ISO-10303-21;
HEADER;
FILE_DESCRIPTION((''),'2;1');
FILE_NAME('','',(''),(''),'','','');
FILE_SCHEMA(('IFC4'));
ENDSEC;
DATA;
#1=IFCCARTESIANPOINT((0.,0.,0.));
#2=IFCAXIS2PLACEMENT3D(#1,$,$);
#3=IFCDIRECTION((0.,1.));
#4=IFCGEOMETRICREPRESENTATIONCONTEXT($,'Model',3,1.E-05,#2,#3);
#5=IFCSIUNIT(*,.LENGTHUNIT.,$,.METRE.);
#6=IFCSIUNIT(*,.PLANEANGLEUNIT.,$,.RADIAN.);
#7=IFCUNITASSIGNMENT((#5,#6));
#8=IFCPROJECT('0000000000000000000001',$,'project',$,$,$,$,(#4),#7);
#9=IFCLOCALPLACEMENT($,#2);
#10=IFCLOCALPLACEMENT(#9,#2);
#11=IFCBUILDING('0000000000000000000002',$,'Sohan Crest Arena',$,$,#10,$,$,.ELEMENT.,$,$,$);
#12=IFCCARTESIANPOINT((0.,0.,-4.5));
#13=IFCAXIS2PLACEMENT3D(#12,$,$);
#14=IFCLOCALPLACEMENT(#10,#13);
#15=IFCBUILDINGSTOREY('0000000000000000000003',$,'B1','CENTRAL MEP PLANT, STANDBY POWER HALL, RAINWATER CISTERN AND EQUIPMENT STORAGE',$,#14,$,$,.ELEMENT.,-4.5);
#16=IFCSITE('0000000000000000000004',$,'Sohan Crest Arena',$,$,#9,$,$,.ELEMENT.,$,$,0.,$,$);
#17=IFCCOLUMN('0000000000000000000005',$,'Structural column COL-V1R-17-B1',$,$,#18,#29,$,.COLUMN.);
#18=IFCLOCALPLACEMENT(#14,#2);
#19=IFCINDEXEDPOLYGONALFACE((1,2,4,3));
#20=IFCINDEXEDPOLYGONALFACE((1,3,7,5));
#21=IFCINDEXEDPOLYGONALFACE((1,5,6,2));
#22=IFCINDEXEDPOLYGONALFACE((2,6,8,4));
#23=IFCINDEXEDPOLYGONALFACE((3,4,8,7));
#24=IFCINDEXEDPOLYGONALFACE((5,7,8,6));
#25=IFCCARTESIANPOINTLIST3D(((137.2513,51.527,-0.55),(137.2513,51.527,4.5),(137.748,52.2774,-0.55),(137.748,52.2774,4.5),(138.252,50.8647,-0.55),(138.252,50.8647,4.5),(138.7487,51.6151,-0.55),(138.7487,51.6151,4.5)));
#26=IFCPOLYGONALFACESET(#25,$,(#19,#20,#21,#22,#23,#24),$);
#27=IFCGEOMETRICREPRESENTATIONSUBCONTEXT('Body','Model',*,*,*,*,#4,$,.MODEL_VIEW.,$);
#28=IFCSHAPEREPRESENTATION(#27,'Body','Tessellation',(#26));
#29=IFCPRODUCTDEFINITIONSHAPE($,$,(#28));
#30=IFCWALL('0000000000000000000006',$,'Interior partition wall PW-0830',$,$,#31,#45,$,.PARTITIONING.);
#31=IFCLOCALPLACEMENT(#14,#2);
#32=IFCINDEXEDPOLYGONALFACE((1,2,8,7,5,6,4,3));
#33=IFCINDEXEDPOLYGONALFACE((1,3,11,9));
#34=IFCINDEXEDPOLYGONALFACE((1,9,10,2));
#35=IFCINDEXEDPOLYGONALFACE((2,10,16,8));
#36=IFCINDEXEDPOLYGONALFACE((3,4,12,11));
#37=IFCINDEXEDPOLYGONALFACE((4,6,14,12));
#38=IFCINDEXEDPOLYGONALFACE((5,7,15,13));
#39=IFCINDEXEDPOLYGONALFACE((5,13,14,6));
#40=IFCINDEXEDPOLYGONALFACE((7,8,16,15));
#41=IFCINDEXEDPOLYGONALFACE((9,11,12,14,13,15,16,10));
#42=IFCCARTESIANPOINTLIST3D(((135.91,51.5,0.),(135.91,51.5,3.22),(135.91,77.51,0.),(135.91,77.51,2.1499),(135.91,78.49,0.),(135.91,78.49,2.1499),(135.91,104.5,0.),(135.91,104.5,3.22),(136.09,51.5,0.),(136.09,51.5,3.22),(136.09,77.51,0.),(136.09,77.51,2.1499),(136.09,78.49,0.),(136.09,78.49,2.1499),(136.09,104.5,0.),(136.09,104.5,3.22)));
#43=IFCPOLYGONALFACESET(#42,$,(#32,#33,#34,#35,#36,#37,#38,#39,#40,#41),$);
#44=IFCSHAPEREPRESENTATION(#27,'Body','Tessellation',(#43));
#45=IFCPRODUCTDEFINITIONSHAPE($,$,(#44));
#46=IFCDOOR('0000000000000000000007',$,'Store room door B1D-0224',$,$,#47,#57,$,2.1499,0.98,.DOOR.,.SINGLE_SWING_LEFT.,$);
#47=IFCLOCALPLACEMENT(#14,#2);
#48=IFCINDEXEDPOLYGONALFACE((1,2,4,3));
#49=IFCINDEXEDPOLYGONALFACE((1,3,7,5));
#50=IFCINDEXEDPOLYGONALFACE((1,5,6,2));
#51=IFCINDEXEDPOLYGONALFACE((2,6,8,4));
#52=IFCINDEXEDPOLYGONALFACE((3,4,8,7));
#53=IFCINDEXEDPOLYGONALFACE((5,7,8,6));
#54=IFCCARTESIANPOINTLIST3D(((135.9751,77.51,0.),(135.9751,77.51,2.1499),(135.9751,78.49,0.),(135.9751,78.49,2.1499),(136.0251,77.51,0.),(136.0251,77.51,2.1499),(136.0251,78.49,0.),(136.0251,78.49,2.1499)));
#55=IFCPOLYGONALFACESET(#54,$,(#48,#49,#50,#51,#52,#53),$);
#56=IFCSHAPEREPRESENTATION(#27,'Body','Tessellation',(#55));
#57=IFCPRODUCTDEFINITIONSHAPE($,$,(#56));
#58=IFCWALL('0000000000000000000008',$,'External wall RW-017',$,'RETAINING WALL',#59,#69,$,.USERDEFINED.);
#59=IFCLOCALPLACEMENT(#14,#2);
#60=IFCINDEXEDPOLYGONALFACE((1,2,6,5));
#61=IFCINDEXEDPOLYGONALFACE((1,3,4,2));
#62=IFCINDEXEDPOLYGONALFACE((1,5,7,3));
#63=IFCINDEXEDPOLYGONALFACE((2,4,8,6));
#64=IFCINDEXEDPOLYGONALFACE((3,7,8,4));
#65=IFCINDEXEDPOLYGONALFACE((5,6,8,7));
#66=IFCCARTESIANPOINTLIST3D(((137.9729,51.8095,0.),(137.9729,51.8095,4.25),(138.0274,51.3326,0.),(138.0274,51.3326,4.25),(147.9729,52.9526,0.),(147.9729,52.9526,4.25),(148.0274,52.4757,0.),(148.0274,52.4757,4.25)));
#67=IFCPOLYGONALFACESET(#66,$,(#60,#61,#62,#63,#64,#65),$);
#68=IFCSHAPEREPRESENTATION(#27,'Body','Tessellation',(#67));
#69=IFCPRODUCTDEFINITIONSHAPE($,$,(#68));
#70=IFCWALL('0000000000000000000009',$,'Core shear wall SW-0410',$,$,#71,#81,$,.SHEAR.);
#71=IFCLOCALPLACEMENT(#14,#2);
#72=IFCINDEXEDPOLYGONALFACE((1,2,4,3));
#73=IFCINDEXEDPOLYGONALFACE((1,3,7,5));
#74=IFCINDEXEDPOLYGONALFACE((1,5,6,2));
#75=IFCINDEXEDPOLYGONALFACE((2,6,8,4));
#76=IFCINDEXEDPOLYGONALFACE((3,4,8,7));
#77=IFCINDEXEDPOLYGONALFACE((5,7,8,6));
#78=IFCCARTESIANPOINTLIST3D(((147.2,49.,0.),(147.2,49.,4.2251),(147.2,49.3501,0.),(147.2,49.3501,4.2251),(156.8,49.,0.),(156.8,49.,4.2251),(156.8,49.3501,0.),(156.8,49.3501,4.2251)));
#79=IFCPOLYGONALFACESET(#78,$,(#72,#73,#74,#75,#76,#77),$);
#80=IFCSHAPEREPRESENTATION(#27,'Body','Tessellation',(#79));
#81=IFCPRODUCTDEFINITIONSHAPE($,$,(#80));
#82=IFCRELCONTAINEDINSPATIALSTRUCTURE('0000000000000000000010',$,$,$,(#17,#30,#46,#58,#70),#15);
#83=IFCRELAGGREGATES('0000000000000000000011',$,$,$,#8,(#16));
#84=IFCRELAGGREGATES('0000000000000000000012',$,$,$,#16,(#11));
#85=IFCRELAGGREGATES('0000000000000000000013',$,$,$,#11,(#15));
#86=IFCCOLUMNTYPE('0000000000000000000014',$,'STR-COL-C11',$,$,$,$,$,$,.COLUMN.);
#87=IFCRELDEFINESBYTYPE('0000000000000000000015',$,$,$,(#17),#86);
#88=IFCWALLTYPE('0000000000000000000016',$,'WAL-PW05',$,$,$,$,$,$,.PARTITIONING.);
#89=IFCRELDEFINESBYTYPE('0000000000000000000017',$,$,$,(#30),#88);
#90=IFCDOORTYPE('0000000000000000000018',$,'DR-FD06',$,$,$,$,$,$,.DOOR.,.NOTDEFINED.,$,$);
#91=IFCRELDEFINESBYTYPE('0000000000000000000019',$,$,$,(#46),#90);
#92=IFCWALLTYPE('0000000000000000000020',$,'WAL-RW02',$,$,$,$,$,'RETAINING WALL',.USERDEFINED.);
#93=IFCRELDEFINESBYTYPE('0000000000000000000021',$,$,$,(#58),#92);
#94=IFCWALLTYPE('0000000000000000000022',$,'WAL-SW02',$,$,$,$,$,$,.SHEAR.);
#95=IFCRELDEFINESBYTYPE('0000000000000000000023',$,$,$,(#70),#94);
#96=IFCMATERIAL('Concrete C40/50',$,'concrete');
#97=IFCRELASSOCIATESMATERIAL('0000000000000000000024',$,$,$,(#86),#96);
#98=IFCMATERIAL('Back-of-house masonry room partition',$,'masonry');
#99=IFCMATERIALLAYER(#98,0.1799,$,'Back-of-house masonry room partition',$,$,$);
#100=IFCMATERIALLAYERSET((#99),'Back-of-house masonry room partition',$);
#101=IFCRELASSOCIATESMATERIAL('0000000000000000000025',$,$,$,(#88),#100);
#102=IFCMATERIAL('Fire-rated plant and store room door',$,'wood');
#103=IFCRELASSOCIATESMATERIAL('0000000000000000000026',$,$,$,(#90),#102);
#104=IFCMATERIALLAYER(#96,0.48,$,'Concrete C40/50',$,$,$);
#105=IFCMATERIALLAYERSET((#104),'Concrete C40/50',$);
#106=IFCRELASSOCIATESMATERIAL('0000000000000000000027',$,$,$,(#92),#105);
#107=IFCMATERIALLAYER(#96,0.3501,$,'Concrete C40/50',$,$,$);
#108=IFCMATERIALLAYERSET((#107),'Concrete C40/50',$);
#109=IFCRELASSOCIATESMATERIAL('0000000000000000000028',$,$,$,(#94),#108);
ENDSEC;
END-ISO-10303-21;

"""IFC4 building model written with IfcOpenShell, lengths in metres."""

from ifc_helpers import new_model, si_unit, direction, frame, frame_2d, origin, origin_2d, place, context, subcontext, project, spatial, rectangle, extrude, material, layer, layer_set, material_profile, profile_set, type_object, element, fill, save


model = new_model("IFC4")

# Units and contexts
model_context = context("Model", 3, precision=1e-05, world=origin(), true_north=direction((0.0, 1.0)))
body_context = subcontext(model_context, "Body", "Model", "MODEL_VIEW")
ifc_project = project(units=[si_unit("LENGTHUNIT", "METRE"), si_unit("PLANEANGLEUNIT", "RADIAN")], contexts=[model_context])

# Site, building, storey
site_placement = place(None, origin())
site = spatial("IfcSite", under=ifc_project, at=site_placement, Name="Sohan Crest Arena", CompositionType="ELEMENT", RefElevation=0.0)
building_placement = place(site_placement, origin())
building = spatial("IfcBuilding", under=site, at=building_placement, Name="Sohan Crest Arena", CompositionType="ELEMENT")
storey_placement = place(building_placement, frame((0.0, 0.0, -4.5)))
storey = spatial("IfcBuildingStorey", under=building, at=storey_placement, Name="B1", Description="CENTRAL MEP PLANT, STANDBY POWER HALL, RAINWATER CISTERN AND EQUIPMENT STORAGE", CompositionType="ELEMENT", Elevation=-4.5)

# Shared definitions
ifc_material_1 = material(Name="Concrete C40/50", Category="concrete")

# Column
ifc_material_profile_1 = material_profile(ifc_material_1, rectangle(XDim=1.2, YDim=0.8999, at=origin_2d()), Name="RC 1200x900")
ifc_profile_set_1 = profile_set([ifc_material_profile_1], Name="Concrete C40/50")
column_type_1 = type_object("IfcColumnType", Name="STR-COL-C11", PredefinedType="COLUMN", material=ifc_profile_set_1)
column_1_placement = place(storey_placement, frame((138.0, 51.571, -0.55), z_axis=(0.0, 0.0, 1.0), x_axis=(-0.833886, 0.551937, 0.0)))
element("IfcColumn", 1, at=column_1_placement, inside=storey, type_object=column_type_1, Name="Structural column COL-V1R-17-B1", PredefinedType="COLUMN", context=body_context, shape_type="SweptSolid", body=[
    extrude(rectangle(XDim=1.2, YDim=0.8999, at=origin_2d()), origin(), (0.0, 0.0, 1.0), 5.05),
])

# Wall, opening, door
ifc_material_2 = material(Name="Back-of-house masonry room partition", Category="masonry")
ifc_layer_1 = layer(ifc_material_2, 0.1799, Name="Back-of-house masonry room partition")
ifc_layer_set_1 = layer_set([ifc_layer_1], Name="Back-of-house masonry room partition")
wall_type_1 = type_object("IfcWallType", Name="WAL-PW05", PredefinedType="PARTITIONING", material=ifc_layer_set_1)
wall_1_placement = place(storey_placement, frame((136.0, 51.5, 0.0), z_axis=(0.0, 0.0, 1.0), x_axis=(0.0, 1.0, 0.0)))
wall_1 = element("IfcWall", 2, at=wall_1_placement, inside=storey, type_object=wall_type_1, Name="Interior partition wall PW-0830", PredefinedType="PARTITIONING", context=body_context, shape_type="SweptSolid", body=[
    extrude(rectangle(XDim=53.0, YDim=0.1799, at=frame_2d((26.5, 0.0))), origin(), (0.0, 0.0, 1.0), 3.22),
])
opening_placement = place(wall_1_placement, frame((26.01, 0.0, 0.0)))
opening = element("IfcOpeningElement", 3, at=opening_placement, cuts=wall_1, PredefinedType="OPENING", context=body_context, shape_type="SweptSolid", body=[
    extrude(rectangle(XDim=0.98, YDim=2.1499, at=frame_2d((0.49, 1.075))), frame((0.0, 0.0999, 0.0), z_axis=(0.0, -1.0, 0.0), x_axis=(1.0, 0.0, 0.0)), (0.0, 0.0, 1.0), 0.2),
])
ifc_material_3 = material(Name="Fire-rated plant and store room door", Category="wood")
door_type = type_object("IfcDoorType", Name="DR-FD06", OperationType="NOTDEFINED", PredefinedType="DOOR", material=ifc_material_3)
door_placement = place(opening_placement, origin())
door = element("IfcDoor", 4, at=door_placement, inside=storey, type_object=door_type, Name="Store room door B1D-0224", OperationType="SINGLE_SWING_LEFT", OverallHeight=2.1499, OverallWidth=0.98, PredefinedType="DOOR", context=body_context, shape_type="SweptSolid", body=[
    extrude(rectangle(XDim=0.98, YDim=2.1499, at=frame_2d((0.49, 1.075))), frame((0.0, 0.0249, 0.0), z_axis=(0.0, -1.0, 0.0), x_axis=(1.0, 0.0, 0.0)), (0.0, 0.0, 1.0), 0.05),
])
fill(opening, door)

# Walls
ifc_layer_2 = layer(ifc_material_1, 0.48, Name="Concrete C40/50")
ifc_layer_set_2 = layer_set([ifc_layer_2], Name="Concrete C40/50")
wall_type_2 = type_object("IfcWallType", Name="WAL-RW02", ElementType="RETAINING WALL", PredefinedType="USERDEFINED", material=ifc_layer_set_2)
wall_2_placement = place(storey_placement, frame((138.0, 51.571, 0.0), z_axis=(0.0, 0.0, 1.0), x_axis=(0.99353, 0.113567, 0.0)))
element("IfcWall", 5, at=wall_2_placement, inside=storey, type_object=wall_type_2, Name="External wall RW-017", ObjectType="RETAINING WALL", PredefinedType="USERDEFINED", context=body_context, shape_type="SweptSolid", body=[
    extrude(rectangle(XDim=10.0652, YDim=0.48, at=frame_2d((5.0327, 0.0))), origin(), (0.0, 0.0, 1.0), 4.25),
])
ifc_layer_3 = layer(ifc_material_1, 0.3501, Name="Concrete C40/50")
ifc_layer_set_3 = layer_set([ifc_layer_3], Name="Concrete C40/50")
wall_type_3 = type_object("IfcWallType", Name="WAL-SW02", PredefinedType="SHEAR", material=ifc_layer_set_3)
wall_3_placement = place(storey_placement, frame((147.2, 49.175, 0.0), z_axis=(0.0, 0.0, 1.0), x_axis=(1.0, 0.0, 0.0)))
element("IfcWall", 6, at=wall_3_placement, inside=storey, type_object=wall_type_3, Name="Core shear wall SW-0410", PredefinedType="SHEAR", context=body_context, shape_type="SweptSolid", body=[
    extrude(rectangle(XDim=9.6001, YDim=0.3501, at=frame_2d((4.8, 0.0))), origin(), (0.0, 0.0, 1.0), 4.2251),
])

save(model, "model.ifc")
